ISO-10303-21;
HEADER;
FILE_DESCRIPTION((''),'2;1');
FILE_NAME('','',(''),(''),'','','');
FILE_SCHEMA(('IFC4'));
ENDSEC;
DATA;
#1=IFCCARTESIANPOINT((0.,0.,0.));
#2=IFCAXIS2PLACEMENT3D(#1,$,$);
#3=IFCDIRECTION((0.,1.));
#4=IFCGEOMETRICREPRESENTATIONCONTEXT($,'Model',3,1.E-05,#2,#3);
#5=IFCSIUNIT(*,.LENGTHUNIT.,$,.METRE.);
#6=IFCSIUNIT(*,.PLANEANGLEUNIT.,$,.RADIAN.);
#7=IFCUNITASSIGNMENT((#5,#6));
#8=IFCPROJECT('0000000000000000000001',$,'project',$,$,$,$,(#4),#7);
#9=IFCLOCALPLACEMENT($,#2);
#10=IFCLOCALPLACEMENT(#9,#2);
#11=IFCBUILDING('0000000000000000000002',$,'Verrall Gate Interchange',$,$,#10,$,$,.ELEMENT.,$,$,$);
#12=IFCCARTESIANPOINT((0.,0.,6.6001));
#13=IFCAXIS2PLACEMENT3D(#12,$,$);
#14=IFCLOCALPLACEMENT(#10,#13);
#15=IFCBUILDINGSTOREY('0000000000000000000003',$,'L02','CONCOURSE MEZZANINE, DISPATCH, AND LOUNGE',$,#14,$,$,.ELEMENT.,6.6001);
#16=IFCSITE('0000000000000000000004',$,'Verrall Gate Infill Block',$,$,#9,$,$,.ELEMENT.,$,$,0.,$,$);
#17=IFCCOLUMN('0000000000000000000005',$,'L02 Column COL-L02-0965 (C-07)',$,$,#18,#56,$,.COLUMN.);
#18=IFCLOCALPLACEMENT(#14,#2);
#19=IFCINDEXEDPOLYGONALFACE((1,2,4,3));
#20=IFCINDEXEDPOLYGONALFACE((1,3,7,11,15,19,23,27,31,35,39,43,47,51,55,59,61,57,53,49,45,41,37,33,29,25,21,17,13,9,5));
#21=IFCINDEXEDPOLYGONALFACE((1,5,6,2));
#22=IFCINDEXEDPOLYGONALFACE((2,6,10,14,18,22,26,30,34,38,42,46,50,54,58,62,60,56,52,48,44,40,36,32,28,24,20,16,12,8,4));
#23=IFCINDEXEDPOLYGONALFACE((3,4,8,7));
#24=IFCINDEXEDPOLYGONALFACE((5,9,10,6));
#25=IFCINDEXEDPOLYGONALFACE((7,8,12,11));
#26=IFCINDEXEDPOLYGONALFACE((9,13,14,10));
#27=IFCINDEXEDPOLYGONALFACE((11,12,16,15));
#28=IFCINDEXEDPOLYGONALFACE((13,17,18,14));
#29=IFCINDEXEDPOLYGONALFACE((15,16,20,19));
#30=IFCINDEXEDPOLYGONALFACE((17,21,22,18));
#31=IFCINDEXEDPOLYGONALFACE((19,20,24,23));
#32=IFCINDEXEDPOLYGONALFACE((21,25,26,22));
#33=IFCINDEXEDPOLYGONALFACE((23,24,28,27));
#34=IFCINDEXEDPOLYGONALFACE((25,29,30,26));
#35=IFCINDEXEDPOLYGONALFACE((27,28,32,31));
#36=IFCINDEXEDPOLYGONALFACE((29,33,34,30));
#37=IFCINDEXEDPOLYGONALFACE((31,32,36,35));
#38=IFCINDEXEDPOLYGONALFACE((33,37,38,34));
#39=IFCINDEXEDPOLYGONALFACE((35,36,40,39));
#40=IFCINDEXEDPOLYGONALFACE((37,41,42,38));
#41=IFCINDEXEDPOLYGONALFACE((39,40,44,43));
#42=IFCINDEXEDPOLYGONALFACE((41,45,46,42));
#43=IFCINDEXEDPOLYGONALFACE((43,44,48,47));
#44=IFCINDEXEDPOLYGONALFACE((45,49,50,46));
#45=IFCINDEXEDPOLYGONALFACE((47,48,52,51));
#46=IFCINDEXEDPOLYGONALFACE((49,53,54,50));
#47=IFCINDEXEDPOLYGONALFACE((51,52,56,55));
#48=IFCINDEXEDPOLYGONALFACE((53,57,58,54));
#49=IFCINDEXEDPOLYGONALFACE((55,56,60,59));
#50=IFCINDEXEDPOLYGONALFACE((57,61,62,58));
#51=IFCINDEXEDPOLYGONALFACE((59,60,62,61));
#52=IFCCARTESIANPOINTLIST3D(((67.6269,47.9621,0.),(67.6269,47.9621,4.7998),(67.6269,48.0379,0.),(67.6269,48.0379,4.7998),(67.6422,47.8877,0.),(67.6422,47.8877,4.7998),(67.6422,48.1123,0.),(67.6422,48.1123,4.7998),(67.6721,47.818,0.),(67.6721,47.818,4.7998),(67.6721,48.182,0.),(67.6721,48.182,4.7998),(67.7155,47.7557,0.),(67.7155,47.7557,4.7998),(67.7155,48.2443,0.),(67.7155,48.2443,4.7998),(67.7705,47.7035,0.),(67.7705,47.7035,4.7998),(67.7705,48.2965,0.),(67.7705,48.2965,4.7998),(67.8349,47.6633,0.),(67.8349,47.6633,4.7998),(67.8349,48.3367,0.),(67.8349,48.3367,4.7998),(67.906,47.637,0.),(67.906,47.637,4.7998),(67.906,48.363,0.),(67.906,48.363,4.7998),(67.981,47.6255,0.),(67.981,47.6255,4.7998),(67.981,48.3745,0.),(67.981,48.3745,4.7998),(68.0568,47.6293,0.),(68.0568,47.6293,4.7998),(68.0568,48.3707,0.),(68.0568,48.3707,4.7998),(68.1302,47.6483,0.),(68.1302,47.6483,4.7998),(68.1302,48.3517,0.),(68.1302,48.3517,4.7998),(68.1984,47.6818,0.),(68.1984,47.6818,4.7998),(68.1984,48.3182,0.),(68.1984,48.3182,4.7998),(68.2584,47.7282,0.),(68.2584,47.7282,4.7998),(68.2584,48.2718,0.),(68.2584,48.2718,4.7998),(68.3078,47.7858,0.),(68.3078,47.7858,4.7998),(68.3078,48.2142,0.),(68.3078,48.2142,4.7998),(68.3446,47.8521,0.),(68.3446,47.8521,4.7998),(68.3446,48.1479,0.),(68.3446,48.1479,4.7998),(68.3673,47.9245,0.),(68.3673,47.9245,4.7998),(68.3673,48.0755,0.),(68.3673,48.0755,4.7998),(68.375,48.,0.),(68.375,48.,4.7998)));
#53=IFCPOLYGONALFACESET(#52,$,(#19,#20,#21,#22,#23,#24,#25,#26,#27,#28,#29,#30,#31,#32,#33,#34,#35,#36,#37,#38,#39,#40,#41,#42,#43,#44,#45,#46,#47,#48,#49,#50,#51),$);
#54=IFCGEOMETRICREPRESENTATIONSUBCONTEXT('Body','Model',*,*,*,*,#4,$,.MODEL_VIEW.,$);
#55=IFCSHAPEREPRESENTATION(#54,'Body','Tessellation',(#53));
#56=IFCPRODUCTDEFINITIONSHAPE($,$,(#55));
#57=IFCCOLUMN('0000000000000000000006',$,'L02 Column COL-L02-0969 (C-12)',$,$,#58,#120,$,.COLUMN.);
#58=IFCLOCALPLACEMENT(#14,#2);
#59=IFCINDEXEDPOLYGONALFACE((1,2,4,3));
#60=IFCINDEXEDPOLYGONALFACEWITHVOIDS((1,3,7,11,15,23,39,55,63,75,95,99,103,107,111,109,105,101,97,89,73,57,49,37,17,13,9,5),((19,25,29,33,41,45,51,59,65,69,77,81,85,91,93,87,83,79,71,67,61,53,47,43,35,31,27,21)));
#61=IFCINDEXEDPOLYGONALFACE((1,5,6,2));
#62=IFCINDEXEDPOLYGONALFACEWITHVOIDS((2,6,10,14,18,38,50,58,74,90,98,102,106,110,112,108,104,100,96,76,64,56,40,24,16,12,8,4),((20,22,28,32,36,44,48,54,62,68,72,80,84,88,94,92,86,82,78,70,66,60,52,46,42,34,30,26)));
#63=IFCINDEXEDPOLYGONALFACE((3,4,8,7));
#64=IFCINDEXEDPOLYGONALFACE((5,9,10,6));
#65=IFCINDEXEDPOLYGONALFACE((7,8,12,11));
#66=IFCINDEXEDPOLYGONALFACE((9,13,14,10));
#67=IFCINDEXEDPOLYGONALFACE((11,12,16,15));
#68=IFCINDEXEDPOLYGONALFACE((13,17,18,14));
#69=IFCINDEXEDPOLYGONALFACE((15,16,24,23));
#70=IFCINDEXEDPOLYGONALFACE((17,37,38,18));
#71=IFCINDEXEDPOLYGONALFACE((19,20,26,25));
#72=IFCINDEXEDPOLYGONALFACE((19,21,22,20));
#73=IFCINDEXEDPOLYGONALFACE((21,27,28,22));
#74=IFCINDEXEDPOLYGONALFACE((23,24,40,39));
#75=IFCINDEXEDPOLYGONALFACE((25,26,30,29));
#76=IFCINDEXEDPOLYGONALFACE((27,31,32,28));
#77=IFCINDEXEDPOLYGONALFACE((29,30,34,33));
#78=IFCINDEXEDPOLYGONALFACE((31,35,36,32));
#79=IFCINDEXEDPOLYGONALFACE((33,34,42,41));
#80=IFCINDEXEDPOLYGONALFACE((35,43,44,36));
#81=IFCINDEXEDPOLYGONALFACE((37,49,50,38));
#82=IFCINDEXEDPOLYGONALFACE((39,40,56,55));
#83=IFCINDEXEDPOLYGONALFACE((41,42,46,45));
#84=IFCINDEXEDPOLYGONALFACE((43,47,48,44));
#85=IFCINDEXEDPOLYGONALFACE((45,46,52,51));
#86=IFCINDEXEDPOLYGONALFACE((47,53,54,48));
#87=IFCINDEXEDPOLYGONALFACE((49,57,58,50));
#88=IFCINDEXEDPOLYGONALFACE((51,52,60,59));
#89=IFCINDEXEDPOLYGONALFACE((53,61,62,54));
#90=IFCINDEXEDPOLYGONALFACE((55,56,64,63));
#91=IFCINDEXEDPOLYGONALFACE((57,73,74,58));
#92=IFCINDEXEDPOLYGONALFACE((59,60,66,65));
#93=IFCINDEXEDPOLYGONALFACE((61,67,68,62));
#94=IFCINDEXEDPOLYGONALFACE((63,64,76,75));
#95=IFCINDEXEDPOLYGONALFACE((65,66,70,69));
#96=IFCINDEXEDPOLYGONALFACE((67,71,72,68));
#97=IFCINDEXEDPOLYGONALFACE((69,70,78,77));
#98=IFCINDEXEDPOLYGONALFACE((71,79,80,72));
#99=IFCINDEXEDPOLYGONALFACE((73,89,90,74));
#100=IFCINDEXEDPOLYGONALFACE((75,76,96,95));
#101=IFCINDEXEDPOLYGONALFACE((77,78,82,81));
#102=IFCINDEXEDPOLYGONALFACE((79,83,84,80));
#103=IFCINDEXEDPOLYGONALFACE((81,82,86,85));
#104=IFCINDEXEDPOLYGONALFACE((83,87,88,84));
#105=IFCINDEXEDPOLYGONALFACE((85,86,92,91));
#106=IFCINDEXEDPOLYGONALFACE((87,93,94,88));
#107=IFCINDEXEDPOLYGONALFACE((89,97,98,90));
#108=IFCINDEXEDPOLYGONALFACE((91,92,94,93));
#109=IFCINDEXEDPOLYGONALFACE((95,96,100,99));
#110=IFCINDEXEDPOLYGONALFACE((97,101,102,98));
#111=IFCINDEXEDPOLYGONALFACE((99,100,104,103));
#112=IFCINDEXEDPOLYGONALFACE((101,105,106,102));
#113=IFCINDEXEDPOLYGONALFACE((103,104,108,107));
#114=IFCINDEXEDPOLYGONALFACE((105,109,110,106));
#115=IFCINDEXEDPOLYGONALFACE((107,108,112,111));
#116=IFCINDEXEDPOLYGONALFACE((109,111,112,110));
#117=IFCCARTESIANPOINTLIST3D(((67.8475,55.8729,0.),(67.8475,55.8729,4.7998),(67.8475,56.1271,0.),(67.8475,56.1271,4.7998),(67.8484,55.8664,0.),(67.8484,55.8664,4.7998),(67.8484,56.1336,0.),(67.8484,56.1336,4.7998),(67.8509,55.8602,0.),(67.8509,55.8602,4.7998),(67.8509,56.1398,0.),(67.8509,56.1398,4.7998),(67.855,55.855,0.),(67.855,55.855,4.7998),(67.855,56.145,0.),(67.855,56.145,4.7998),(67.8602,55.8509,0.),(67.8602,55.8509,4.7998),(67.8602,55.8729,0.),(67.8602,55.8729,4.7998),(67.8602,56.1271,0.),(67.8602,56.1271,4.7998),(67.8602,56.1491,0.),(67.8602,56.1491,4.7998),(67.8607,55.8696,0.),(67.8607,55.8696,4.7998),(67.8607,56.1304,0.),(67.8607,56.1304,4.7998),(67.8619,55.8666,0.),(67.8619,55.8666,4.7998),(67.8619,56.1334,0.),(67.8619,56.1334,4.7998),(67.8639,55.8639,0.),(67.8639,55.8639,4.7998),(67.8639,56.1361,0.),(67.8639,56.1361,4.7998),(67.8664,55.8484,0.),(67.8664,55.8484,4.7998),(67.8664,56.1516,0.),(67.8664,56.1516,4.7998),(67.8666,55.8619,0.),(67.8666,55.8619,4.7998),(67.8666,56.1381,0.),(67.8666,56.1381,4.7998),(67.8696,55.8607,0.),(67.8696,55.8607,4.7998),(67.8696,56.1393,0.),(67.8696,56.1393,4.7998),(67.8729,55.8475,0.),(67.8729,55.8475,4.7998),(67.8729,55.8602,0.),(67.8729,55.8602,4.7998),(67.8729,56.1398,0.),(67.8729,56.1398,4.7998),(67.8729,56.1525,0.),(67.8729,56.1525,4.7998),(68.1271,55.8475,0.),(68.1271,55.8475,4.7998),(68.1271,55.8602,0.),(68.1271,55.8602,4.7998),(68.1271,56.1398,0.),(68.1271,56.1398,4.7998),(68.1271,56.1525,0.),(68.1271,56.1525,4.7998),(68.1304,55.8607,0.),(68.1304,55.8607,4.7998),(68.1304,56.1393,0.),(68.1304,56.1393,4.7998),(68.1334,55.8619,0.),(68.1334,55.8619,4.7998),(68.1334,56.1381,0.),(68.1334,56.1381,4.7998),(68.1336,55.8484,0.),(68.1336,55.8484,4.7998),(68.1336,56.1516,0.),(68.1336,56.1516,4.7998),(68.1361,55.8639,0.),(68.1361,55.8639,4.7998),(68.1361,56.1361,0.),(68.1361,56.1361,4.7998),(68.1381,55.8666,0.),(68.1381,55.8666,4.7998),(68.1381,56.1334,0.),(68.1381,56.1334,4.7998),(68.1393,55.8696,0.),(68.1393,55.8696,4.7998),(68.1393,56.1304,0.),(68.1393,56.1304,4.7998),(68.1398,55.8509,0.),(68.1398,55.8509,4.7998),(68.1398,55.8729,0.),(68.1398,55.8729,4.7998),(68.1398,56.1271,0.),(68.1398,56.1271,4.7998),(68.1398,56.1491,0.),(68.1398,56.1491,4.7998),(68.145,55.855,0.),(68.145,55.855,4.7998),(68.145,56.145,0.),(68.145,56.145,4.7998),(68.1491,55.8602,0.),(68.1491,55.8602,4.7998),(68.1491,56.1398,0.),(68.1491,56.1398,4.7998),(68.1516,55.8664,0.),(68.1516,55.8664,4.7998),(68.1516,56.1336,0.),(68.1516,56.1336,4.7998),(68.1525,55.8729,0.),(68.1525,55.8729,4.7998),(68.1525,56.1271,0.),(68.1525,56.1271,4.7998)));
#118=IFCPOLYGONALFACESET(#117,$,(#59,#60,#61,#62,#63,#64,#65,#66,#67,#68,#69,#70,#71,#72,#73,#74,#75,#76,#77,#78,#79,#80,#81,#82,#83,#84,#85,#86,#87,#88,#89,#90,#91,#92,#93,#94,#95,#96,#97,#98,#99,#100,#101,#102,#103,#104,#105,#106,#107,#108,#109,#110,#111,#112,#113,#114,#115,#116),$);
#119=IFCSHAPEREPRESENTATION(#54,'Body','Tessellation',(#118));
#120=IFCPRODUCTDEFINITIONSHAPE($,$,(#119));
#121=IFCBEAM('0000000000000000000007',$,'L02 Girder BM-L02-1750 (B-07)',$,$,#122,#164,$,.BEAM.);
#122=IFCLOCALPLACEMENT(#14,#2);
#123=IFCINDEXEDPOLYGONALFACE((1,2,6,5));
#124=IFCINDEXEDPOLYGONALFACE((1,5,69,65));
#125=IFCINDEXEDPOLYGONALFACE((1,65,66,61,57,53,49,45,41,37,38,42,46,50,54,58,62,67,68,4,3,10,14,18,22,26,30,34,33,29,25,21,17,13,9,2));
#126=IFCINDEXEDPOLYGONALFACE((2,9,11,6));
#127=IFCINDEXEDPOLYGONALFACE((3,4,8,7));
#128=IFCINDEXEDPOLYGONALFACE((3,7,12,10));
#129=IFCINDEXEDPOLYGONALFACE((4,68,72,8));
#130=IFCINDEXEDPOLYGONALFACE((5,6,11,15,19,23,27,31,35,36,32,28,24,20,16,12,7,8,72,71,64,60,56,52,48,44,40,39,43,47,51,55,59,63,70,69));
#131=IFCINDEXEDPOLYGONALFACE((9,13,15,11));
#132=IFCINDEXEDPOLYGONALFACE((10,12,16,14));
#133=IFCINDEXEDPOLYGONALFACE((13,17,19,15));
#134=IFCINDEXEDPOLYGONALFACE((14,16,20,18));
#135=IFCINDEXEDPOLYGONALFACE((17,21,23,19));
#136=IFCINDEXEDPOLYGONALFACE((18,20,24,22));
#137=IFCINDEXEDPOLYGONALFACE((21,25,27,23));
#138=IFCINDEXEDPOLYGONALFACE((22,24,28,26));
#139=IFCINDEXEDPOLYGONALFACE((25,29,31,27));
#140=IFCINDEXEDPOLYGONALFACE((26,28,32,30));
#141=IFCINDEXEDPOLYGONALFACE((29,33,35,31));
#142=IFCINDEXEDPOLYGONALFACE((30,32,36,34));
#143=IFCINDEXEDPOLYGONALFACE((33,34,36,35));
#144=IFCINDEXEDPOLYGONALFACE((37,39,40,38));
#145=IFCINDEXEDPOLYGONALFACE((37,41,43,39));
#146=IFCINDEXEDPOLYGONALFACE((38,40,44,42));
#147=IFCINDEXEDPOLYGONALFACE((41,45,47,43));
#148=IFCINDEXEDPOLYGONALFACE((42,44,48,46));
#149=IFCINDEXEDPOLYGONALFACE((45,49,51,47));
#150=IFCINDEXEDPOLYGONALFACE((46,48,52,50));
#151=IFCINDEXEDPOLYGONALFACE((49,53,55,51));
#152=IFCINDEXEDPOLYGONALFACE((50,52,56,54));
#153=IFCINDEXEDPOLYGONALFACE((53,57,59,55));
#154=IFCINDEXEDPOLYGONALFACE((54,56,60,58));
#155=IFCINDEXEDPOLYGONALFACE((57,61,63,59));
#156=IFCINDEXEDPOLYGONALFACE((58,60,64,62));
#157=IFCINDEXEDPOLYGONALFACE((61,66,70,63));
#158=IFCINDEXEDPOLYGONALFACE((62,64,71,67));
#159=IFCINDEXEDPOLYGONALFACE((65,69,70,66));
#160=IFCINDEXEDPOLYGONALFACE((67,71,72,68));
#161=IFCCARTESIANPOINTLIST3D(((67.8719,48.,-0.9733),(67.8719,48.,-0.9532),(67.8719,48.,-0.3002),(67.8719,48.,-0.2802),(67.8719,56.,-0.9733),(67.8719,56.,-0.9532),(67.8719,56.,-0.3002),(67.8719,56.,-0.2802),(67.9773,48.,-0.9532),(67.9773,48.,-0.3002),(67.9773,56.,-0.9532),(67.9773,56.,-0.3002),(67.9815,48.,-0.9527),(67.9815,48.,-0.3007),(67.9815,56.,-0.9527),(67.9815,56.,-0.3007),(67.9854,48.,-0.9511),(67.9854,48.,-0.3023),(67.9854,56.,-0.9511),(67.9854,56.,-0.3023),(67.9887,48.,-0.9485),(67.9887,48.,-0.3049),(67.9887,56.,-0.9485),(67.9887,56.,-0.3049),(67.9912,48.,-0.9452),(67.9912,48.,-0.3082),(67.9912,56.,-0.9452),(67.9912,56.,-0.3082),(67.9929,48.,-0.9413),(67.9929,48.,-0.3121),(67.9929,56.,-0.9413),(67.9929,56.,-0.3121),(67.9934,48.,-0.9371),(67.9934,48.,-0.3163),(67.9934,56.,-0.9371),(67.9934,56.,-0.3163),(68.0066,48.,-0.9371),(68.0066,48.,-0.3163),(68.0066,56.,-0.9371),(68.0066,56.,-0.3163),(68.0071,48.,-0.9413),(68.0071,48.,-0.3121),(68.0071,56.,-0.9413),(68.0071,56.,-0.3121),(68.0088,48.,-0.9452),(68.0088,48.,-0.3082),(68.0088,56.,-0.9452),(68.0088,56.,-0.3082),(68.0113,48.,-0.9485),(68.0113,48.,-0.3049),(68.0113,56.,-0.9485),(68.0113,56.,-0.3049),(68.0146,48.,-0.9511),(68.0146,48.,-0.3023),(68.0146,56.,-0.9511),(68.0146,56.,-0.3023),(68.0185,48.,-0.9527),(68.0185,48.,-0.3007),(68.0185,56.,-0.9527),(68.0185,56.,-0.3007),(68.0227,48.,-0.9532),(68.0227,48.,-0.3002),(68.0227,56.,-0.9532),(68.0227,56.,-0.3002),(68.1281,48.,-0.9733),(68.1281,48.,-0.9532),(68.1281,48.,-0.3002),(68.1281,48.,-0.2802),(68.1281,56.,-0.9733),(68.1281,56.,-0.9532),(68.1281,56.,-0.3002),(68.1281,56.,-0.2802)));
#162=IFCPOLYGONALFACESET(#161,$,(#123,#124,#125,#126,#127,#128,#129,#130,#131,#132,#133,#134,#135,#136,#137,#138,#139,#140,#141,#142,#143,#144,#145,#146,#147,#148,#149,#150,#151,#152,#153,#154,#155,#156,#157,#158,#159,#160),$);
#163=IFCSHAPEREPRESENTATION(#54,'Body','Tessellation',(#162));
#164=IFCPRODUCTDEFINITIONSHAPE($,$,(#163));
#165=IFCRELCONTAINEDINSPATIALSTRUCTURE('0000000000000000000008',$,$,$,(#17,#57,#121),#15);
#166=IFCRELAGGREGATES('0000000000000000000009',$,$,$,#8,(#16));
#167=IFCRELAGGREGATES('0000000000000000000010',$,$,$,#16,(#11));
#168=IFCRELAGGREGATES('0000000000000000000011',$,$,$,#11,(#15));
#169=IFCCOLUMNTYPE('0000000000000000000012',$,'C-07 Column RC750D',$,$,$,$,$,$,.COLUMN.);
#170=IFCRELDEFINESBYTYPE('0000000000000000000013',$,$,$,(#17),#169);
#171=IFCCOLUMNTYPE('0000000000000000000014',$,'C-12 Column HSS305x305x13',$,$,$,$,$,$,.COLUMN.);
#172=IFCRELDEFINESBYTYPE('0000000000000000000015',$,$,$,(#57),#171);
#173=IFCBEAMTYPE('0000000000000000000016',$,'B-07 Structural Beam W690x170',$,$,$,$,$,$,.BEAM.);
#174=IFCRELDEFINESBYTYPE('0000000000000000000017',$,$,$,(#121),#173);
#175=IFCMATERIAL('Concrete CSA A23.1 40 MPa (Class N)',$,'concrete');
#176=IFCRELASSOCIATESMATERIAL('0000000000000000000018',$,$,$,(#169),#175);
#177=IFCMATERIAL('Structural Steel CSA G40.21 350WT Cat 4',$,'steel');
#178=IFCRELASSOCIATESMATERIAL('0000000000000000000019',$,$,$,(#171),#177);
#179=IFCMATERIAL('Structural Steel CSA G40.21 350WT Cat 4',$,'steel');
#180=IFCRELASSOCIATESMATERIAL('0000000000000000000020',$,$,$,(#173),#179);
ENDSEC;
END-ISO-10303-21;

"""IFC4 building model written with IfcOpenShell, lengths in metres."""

from ifc_helpers import new_model, si_unit, direction, frame, origin, origin_2d, place, context, subcontext, project, spatial, hollow_rectangle, circle, i_section, extrude, material, material_profile, profile_set, type_object, element, save


model = new_model("IFC4")

# Units and contexts
model_context = context("Model", 3, precision=1e-05, world=origin(), true_north=direction((0.0, 1.0)))
body_context = subcontext(model_context, "Body", "Model", "MODEL_VIEW")
ifc_project = project(units=[si_unit("LENGTHUNIT", "METRE"), si_unit("PLANEANGLEUNIT", "RADIAN")], contexts=[model_context])

# Site, building, storey
site_placement = place(None, origin())
site = spatial("IfcSite", under=ifc_project, at=site_placement, Name="Verrall Gate Infill Block", CompositionType="ELEMENT", RefElevation=0.0)
building_placement = place(site_placement, origin())
building = spatial("IfcBuilding", under=site, at=building_placement, Name="Verrall Gate Interchange", CompositionType="ELEMENT")
storey_placement = place(building_placement, frame((0.0, 0.0, 6.6001)))
storey = spatial("IfcBuildingStorey", under=building, at=storey_placement, Name="L02", Description="CONCOURSE MEZZANINE, DISPATCH, AND LOUNGE", CompositionType="ELEMENT", Elevation=6.6001)

# Columns
ifc_material_1 = material(Name="Concrete CSA A23.1 40 MPa (Class N)", Category="concrete")
ifc_material_profile_1 = material_profile(ifc_material_1, circle(Radius=0.375, at=origin_2d()), Name="RC750D")
ifc_profile_set_1 = profile_set([ifc_material_profile_1], Name="Concrete CSA A23.1 40 MPa (Class N)")
column_type_1 = type_object("IfcColumnType", Name="C-07 Column RC750D", PredefinedType="COLUMN", material=ifc_profile_set_1)
column_1_placement = place(storey_placement, frame((68.0, 48.0, 0.0), z_axis=(0.0, 0.0, 1.0), x_axis=(1.0, 0.0, 0.0)))
element("IfcColumn", 1, at=column_1_placement, inside=storey, type_object=column_type_1, Name="L02 Column COL-L02-0965 (C-07)", PredefinedType="COLUMN", context=body_context, shape_type="SweptSolid", body=[
    extrude(circle(Radius=0.375, at=origin_2d()), origin(), (0.0, 0.0, 1.0), 4.7998),
])
ifc_material_2 = material(Name="Structural Steel CSA G40.21 350WT Cat 4", Category="steel")
ifc_material_profile_2 = material_profile(ifc_material_2, hollow_rectangle(XDim=0.3049, YDim=0.3049, WallThickness=0.0127, InnerFilletRadius=0.0127, OuterFilletRadius=0.0254, at=origin_2d()), Name="HSS305x305x13")
ifc_profile_set_2 = profile_set([ifc_material_profile_2], Name="Structural Steel CSA G40.21 350WT Cat 4")
column_type_2 = type_object("IfcColumnType", Name="C-12 Column HSS305x305x13", PredefinedType="COLUMN", material=ifc_profile_set_2)
column_2_placement = place(storey_placement, frame((68.0, 56.0, 0.0), z_axis=(0.0, 0.0, 1.0), x_axis=(1.0, 0.0, 0.0)))
element("IfcColumn", 2, at=column_2_placement, inside=storey, type_object=column_type_2, Name="L02 Column COL-L02-0969 (C-12)", PredefinedType="COLUMN", context=body_context, shape_type="SweptSolid", body=[
    extrude(hollow_rectangle(XDim=0.3049, YDim=0.3049, WallThickness=0.0127, InnerFilletRadius=0.0127, OuterFilletRadius=0.0254, at=origin_2d()), origin(), (0.0, 0.0, 1.0), 4.7998),
])

# Beam
ifc_material_3 = material(Name="Structural Steel CSA G40.21 350WT Cat 4", Category="steel")
ifc_material_profile_3 = material_profile(ifc_material_3, i_section(OverallWidth=0.2561, OverallDepth=0.6931, WebThickness=0.0132, FlangeThickness=0.02, FilletRadius=0.0161, at=origin_2d()), Name="W690x170")
ifc_profile_set_3 = profile_set([ifc_material_profile_3], Name="Structural Steel CSA G40.21 350WT Cat 4")
beam_type_1 = type_object("IfcBeamType", Name="B-07 Structural Beam W690x170", PredefinedType="BEAM", material=ifc_profile_set_3)
beam_1_placement = place(storey_placement, frame((68.0, 48.0, -0.6267), z_axis=(0.0, 1.0, 0.0), x_axis=(-1.0, 0.0, 0.0)))
element("IfcBeam", 3, at=beam_1_placement, inside=storey, type_object=beam_type_1, Name="L02 Girder BM-L02-1750 (B-07)", PredefinedType="BEAM", context=body_context, shape_type="SweptSolid", body=[
    extrude(i_section(OverallWidth=0.2561, OverallDepth=0.6931, WebThickness=0.0132, FlangeThickness=0.02, FilletRadius=0.0161, at=origin_2d()), origin(), (0.0, 0.0, 1.0), 8.0),
])

save(model, "model.ifc")
